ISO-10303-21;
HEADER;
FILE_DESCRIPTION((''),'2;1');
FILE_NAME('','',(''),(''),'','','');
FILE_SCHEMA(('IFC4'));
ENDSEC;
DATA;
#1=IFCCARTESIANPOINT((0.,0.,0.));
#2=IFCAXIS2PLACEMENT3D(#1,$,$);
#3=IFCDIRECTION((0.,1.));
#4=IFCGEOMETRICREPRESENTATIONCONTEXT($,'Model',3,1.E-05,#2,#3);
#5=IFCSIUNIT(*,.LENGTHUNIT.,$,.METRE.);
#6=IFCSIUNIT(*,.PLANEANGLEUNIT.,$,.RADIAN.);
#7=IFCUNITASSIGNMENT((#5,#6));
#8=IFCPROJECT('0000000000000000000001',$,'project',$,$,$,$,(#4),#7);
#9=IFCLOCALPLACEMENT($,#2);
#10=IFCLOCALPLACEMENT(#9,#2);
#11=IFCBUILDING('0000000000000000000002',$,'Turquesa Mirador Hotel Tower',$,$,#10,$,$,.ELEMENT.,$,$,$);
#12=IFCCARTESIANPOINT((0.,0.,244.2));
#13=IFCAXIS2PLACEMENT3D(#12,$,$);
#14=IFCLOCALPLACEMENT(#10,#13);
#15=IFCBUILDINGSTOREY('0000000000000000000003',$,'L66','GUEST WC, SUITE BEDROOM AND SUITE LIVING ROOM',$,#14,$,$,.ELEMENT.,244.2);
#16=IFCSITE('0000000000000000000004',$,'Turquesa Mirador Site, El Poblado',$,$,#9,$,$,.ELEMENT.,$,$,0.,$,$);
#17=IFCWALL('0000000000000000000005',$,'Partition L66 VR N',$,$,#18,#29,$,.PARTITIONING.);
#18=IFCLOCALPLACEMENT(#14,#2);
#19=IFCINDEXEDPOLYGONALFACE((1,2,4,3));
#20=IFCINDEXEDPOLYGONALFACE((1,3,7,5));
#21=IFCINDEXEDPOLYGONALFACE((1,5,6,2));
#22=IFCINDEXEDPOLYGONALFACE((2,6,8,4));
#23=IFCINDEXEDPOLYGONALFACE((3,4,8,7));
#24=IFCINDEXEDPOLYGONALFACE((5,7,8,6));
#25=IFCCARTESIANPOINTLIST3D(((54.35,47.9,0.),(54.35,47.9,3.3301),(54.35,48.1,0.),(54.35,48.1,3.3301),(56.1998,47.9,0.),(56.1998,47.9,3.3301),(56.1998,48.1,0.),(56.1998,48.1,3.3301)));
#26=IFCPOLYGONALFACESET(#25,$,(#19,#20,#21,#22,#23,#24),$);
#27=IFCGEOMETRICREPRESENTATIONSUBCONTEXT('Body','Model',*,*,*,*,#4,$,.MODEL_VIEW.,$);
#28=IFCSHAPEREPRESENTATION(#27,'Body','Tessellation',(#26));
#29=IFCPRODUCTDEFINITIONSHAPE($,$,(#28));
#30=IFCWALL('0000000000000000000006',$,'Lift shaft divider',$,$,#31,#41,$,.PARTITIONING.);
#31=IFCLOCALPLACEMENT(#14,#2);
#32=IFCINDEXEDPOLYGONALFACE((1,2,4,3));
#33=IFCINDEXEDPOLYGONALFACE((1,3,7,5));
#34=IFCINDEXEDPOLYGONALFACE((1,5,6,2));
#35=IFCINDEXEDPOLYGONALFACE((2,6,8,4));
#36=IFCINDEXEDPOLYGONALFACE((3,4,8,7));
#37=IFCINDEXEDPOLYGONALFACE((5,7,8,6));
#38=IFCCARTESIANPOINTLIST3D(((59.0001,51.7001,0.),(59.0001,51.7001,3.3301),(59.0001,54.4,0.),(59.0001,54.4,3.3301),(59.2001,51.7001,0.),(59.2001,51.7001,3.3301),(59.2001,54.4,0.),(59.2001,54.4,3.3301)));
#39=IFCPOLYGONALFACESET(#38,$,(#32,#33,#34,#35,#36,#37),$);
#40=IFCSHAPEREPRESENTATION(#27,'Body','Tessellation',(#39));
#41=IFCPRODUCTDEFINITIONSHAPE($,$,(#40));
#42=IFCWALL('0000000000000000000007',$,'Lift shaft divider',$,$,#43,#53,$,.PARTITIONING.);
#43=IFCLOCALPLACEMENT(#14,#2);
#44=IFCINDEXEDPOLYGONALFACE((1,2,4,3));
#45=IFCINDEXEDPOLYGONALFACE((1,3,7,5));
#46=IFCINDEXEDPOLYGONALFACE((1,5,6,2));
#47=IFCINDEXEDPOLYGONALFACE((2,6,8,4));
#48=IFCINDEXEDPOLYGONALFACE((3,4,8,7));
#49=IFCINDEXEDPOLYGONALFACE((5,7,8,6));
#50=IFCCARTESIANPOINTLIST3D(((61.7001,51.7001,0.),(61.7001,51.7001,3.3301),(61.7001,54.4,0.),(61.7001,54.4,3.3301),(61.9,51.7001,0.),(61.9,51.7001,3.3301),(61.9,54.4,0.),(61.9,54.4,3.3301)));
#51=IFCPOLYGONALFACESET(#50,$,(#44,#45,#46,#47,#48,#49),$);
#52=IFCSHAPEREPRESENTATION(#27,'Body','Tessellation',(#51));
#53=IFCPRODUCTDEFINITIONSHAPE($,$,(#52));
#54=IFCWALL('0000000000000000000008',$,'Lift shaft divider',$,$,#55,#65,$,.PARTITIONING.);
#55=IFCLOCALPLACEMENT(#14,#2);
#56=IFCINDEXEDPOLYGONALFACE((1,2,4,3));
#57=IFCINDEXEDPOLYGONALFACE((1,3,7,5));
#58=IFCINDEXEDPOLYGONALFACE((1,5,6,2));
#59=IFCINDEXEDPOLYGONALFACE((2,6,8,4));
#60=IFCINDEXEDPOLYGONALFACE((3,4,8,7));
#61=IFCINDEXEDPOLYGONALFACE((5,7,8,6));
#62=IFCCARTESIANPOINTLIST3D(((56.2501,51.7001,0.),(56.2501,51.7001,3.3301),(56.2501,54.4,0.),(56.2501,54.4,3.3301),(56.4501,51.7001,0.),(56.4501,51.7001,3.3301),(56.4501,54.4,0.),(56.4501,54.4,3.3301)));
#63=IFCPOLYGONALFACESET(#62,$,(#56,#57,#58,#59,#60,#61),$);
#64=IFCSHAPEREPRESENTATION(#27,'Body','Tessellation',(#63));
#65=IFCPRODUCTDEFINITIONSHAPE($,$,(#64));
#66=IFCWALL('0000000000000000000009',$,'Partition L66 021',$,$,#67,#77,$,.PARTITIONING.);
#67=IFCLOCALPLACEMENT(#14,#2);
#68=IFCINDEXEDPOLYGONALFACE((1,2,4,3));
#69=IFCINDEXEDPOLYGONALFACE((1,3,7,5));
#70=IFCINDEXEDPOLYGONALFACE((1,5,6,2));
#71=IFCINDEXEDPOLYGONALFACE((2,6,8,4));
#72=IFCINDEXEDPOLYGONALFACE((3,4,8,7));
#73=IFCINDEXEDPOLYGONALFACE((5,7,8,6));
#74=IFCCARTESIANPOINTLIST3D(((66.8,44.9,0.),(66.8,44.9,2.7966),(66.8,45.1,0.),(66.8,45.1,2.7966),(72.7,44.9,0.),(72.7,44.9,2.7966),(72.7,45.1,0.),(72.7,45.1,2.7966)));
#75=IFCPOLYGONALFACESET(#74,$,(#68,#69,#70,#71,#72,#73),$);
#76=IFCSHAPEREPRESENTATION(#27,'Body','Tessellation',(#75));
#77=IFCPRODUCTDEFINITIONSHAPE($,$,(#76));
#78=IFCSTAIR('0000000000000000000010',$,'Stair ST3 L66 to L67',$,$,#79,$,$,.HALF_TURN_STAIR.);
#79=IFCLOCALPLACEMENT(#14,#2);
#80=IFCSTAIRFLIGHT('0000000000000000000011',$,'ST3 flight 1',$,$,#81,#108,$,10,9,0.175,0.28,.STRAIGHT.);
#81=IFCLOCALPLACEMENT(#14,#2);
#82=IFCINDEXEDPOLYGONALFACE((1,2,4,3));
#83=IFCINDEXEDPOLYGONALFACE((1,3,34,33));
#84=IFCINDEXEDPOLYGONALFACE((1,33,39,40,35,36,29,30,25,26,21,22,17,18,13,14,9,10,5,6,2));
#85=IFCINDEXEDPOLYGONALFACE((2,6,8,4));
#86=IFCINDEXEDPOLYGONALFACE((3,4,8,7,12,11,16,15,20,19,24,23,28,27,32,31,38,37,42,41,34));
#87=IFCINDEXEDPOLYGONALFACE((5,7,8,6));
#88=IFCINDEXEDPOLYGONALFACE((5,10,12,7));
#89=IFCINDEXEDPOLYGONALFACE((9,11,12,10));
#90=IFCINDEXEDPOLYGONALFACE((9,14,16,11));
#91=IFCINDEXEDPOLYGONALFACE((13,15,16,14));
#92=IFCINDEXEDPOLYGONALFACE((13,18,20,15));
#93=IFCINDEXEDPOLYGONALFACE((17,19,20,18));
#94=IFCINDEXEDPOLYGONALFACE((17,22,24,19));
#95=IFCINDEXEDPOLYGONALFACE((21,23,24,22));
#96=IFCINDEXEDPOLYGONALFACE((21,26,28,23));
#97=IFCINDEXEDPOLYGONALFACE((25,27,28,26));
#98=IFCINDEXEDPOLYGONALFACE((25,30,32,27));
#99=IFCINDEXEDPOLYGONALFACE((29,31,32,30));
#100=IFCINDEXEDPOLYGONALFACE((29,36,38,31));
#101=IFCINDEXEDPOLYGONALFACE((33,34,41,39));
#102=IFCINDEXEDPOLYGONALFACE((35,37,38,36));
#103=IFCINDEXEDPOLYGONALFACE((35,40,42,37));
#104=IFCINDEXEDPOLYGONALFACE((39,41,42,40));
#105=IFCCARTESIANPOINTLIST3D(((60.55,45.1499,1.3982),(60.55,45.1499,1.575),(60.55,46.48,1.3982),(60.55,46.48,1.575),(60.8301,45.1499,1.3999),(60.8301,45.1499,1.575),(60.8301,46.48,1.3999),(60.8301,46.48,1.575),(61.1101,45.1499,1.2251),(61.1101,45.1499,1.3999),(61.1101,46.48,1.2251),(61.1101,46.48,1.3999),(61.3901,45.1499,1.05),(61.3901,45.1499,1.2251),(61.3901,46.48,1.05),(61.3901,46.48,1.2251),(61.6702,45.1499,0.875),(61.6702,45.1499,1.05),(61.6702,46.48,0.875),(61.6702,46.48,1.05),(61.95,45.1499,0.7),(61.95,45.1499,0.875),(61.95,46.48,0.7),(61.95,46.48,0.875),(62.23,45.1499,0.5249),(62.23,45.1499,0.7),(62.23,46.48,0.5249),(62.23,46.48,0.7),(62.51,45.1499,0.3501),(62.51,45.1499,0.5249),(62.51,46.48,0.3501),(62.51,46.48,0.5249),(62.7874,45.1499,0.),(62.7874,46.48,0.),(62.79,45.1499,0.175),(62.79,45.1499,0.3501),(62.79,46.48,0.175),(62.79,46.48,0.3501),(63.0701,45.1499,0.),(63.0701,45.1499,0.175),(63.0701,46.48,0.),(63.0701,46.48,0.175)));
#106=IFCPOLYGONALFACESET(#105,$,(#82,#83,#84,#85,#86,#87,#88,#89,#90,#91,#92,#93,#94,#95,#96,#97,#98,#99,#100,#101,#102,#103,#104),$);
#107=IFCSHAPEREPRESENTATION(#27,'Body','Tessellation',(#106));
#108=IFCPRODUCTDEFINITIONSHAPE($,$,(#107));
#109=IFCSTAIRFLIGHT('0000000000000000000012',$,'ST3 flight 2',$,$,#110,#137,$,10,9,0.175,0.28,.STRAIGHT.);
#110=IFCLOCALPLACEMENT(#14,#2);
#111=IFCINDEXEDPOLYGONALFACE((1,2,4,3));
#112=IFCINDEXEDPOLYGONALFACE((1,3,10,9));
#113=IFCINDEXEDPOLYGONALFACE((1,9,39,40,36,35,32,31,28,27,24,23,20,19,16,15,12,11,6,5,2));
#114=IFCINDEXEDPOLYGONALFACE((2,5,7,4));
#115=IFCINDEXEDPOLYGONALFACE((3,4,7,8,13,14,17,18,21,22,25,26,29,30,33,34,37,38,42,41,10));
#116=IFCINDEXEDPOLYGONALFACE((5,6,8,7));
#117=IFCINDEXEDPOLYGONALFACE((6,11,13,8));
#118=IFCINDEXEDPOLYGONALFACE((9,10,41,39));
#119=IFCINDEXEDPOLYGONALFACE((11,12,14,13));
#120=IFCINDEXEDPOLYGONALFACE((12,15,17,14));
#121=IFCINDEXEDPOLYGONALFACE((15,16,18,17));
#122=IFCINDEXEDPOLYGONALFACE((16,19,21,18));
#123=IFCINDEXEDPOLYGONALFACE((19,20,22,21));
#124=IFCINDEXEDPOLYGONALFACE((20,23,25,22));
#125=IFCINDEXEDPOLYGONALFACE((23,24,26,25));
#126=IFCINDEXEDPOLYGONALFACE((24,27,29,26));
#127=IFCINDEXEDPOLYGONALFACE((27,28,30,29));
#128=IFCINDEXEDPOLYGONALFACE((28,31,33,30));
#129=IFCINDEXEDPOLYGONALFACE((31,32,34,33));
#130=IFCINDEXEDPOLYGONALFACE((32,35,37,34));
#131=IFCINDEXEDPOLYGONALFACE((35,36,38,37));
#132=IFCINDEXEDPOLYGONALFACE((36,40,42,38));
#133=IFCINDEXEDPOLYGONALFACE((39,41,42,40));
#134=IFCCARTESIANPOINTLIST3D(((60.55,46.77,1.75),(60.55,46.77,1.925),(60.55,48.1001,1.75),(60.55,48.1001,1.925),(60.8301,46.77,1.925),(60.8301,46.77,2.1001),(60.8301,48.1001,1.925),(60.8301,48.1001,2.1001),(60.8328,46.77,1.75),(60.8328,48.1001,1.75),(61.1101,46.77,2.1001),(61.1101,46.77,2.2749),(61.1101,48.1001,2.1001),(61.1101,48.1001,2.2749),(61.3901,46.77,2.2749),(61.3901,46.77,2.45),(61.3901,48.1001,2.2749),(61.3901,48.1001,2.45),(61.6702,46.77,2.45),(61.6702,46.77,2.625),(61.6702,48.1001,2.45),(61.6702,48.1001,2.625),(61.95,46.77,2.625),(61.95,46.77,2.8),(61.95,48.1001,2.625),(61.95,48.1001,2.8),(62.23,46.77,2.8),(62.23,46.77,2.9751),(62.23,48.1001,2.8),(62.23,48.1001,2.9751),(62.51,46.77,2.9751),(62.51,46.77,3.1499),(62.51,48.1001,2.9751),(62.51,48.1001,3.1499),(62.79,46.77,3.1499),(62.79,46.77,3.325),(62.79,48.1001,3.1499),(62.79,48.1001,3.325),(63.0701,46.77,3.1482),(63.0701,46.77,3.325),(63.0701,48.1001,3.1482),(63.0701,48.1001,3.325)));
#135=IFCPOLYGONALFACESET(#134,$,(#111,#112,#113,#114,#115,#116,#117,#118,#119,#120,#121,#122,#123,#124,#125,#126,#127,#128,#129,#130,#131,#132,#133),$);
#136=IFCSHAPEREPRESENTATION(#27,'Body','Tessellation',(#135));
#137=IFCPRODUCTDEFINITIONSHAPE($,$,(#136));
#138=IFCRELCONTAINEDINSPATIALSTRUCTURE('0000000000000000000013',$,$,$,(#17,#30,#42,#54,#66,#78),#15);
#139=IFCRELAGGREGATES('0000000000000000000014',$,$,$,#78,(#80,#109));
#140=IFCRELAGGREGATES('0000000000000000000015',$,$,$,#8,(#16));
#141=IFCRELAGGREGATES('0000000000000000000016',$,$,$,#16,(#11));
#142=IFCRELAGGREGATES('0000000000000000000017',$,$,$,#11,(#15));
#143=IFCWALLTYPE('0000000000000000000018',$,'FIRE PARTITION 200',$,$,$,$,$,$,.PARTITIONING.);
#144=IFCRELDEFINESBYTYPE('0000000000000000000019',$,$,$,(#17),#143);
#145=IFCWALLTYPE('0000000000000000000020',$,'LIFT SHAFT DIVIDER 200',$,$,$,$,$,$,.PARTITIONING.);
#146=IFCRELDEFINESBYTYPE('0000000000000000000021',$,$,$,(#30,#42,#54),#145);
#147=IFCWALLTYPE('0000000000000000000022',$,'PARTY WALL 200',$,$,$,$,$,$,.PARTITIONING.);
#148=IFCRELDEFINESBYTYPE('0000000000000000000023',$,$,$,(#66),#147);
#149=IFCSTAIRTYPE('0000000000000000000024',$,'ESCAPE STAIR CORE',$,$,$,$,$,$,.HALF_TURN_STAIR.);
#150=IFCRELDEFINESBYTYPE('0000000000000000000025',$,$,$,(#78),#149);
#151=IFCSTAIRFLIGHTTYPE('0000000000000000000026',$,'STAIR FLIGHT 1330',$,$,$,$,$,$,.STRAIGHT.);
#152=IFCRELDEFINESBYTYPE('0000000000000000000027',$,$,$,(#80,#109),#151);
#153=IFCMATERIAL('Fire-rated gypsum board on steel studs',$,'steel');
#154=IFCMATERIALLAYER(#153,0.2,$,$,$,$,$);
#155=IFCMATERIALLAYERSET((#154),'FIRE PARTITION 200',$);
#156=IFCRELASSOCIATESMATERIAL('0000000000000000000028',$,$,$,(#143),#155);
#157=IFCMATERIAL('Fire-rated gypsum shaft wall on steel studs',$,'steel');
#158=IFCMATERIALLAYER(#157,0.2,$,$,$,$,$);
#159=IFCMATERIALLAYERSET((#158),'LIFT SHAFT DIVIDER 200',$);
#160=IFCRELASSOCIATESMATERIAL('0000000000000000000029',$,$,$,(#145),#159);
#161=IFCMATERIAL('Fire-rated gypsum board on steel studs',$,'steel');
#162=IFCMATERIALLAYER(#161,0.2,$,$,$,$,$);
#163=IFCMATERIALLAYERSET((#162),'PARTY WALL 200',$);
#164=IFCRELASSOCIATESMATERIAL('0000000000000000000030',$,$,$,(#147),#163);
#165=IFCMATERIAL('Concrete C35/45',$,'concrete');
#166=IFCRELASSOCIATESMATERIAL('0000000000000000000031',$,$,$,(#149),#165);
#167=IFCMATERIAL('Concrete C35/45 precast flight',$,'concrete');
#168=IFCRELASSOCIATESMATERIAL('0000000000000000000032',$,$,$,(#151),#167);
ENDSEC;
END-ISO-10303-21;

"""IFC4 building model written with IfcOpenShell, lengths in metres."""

from ifc_helpers import new_model, si_unit, direction, frame, frame_2d, origin, place, context, subcontext, project, spatial, polyline, rectangle, outline, extrude, material, layer, layer_set, type_object, element, aggregate, save


model = new_model("IFC4")

# Units and contexts
model_context = context("Model", 3, precision=1e-05, world=origin(), true_north=direction((0.0, 1.0)))
body_context = subcontext(model_context, "Body", "Model", "MODEL_VIEW")
ifc_project = project(units=[si_unit("LENGTHUNIT", "METRE"), si_unit("PLANEANGLEUNIT", "RADIAN")], contexts=[model_context])

# Site, building, storey
site_placement = place(None, origin())
site = spatial("IfcSite", under=ifc_project, at=site_placement, Name="Turquesa Mirador Site, El Poblado", CompositionType="ELEMENT", RefElevation=0.0)
building_placement = place(site_placement, origin())
building = spatial("IfcBuilding", under=site, at=building_placement, Name="Turquesa Mirador Hotel Tower", CompositionType="ELEMENT")
storey_placement = place(building_placement, frame((0.0, 0.0, 244.2)))
storey = spatial("IfcBuildingStorey", under=building, at=storey_placement, Name="L66", Description="GUEST WC, SUITE BEDROOM AND SUITE LIVING ROOM", CompositionType="ELEMENT", Elevation=244.2)

# Shared definitions
ifc_material_1 = material(Name="Fire-rated gypsum board on steel studs", Category="steel")
ifc_layer_1 = layer(ifc_material_1, 0.2)
ifc_layer_set_1 = layer_set([ifc_layer_1], Name="FIRE PARTITION 200")
wall_type_1 = type_object("IfcWallType", Name="FIRE PARTITION 200", PredefinedType="PARTITIONING", material=ifc_layer_set_1)

# Walls
wall_1_placement = place(storey_placement, frame((54.3501, 48.0, 0.0), z_axis=(0.0, 0.0, 1.0), x_axis=(1.0, 0.0, 0.0)))
element("IfcWall", 1, at=wall_1_placement, inside=storey, type_object=wall_type_1, Name="Partition L66 VR N", PredefinedType="PARTITIONING", context=body_context, shape_type="SweptSolid", body=[
    extrude(rectangle(XDim=1.8499, YDim=0.2, at=frame_2d((0.9248, 0.0))), origin(), (0.0, 0.0, 1.0), 3.3301),
])
ifc_material_2 = material(Name="Fire-rated gypsum shaft wall on steel studs", Category="steel")
ifc_layer_2 = layer(ifc_material_2, 0.2)
ifc_layer_set_2 = layer_set([ifc_layer_2], Name="LIFT SHAFT DIVIDER 200")
wall_type_2 = type_object("IfcWallType", Name="LIFT SHAFT DIVIDER 200", PredefinedType="PARTITIONING", material=ifc_layer_set_2)
for number, where, z_axis, x_axis, name in (
    (2, (59.1001, 51.7, 0.0), (0.0, 0.0, 1.0), (0.0, 1.0, 0.0), "Lift shaft divider"),
    (3, (61.8, 51.7, 0.0), (0.0, 0.0, 1.0), (0.0, 1.0, 0.0), "Lift shaft divider"),
    (4, (56.3501, 51.7, 0.0), (0.0, 0.0, 1.0), (0.0, 1.0, 0.0), "Lift shaft divider"),
):
    element("IfcWall", number, at=place(storey_placement, frame(where, z_axis=z_axis, x_axis=x_axis)), inside=storey, type_object=wall_type_2, Name=name, PredefinedType="PARTITIONING", context=body_context, shape_type="SweptSolid", body=[
        extrude(rectangle(XDim=2.7, YDim=0.2, at=frame_2d((1.3501, 0.0))), origin(), (0.0, 0.0, 1.0), 3.3301),
    ])
ifc_material_3 = material(Name="Fire-rated gypsum board on steel studs", Category="steel")
ifc_layer_3 = layer(ifc_material_3, 0.2)
ifc_layer_set_3 = layer_set([ifc_layer_3], Name="PARTY WALL 200")
wall_type_3 = type_object("IfcWallType", Name="PARTY WALL 200", PredefinedType="PARTITIONING", material=ifc_layer_set_3)
wall_2_placement = place(storey_placement, frame((66.8, 45.0, 0.0), z_axis=(0.0, 0.0, 1.0), x_axis=(1.0, 0.0, 0.0)))
element("IfcWall", 5, at=wall_2_placement, inside=storey, type_object=wall_type_3, Name="Partition L66 021", PredefinedType="PARTITIONING", context=body_context, shape_type="SweptSolid", body=[
    extrude(rectangle(XDim=5.8999, YDim=0.2, at=frame_2d((2.95, 0.0))), origin(), (0.0, 0.0, 1.0), 2.7966),
])

# Stair, stair flights
ifc_material_4 = material(Name="Concrete C35/45", Category="concrete")
stair_type = type_object("IfcStairType", Name="ESCAPE STAIR CORE", PredefinedType="HALF_TURN_STAIR", material=ifc_material_4)
stair_placement = place(storey_placement, origin())
stair = element("IfcStair", 6, at=stair_placement, inside=storey, type_object=stair_type, Name="Stair ST3 L66 to L67", PredefinedType="HALF_TURN_STAIR")
ifc_material_5 = material(Name="Concrete C35/45 precast flight", Category="concrete")
stair_flight_type = type_object("IfcStairFlightType", Name="STAIR FLIGHT 1330", PredefinedType="STRAIGHT", material=ifc_material_5)
stair_flight_1_placement = place(storey_placement, frame((63.0701, 45.8149, 0.0), z_axis=(0.0, 0.0, 1.0), x_axis=(-1.0, 0.0, 0.0)))
stair_flight_1 = element("IfcStairFlight", 7, at=stair_flight_1_placement, type_object=stair_flight_type, Name="ST3 flight 1", NumberOfRisers=10, NumberOfTreads=9, PredefinedType="STRAIGHT", RiserHeight=0.175, TreadLength=0.28, context=body_context, shape_type="SweptSolid", body=[
    extrude(outline(polyline([(0.0, 0.0), (0.0, 0.175), (0.28, 0.175), (0.28, 0.3501), (0.5601, 0.3501), (0.5601, 0.5249), (0.8401, 0.5249), (0.8401, 0.7), (1.1201, 0.7), (1.1201, 0.875), (1.3999, 0.875), (1.3999, 1.05), (1.6799, 1.05), (1.6799, 1.2251), (1.96, 1.2251), (1.96, 1.3999), (2.24, 1.3999), (2.24, 1.575), (2.52, 1.575), (2.52, 1.75), (2.52, 1.3982), (0.2827, 0.0), (0.0, 0.0)])), frame((0.0, 0.665, 0.0), z_axis=(0.0, -1.0, 0.0), x_axis=(1.0, 0.0, 0.0)), (0.0, 0.0, 1.0), 1.3301),
])
stair_flight_2_placement = place(storey_placement, frame((60.55, 47.4351, 1.75), z_axis=(0.0, 0.0, 1.0), x_axis=(1.0, 0.0, 0.0)))
stair_flight_2 = element("IfcStairFlight", 8, at=stair_flight_2_placement, type_object=stair_flight_type, Name="ST3 flight 2", NumberOfRisers=10, NumberOfTreads=9, PredefinedType="STRAIGHT", RiserHeight=0.175, TreadLength=0.28, context=body_context, shape_type="SweptSolid", body=[
    extrude(outline(polyline([(0.0, 0.0), (0.0, 0.175), (0.28, 0.175), (0.28, 0.3501), (0.5601, 0.3501), (0.5601, 0.5249), (0.8401, 0.5249), (0.8401, 0.7), (1.1201, 0.7), (1.1201, 0.875), (1.3999, 0.875), (1.3999, 1.05), (1.6799, 1.05), (1.6799, 1.2251), (1.96, 1.2251), (1.96, 1.3999), (2.24, 1.3999), (2.24, 1.575), (2.52, 1.575), (2.52, 1.75), (2.52, 1.3982), (0.2827, 0.0), (0.0, 0.0)])), frame((0.0, 0.665, 0.0), z_axis=(0.0, -1.0, 0.0), x_axis=(1.0, 0.0, 0.0)), (0.0, 0.0, 1.0), 1.3301),
])
aggregate(stair, [stair_flight_1, stair_flight_2])

save(model, "model.ifc")
